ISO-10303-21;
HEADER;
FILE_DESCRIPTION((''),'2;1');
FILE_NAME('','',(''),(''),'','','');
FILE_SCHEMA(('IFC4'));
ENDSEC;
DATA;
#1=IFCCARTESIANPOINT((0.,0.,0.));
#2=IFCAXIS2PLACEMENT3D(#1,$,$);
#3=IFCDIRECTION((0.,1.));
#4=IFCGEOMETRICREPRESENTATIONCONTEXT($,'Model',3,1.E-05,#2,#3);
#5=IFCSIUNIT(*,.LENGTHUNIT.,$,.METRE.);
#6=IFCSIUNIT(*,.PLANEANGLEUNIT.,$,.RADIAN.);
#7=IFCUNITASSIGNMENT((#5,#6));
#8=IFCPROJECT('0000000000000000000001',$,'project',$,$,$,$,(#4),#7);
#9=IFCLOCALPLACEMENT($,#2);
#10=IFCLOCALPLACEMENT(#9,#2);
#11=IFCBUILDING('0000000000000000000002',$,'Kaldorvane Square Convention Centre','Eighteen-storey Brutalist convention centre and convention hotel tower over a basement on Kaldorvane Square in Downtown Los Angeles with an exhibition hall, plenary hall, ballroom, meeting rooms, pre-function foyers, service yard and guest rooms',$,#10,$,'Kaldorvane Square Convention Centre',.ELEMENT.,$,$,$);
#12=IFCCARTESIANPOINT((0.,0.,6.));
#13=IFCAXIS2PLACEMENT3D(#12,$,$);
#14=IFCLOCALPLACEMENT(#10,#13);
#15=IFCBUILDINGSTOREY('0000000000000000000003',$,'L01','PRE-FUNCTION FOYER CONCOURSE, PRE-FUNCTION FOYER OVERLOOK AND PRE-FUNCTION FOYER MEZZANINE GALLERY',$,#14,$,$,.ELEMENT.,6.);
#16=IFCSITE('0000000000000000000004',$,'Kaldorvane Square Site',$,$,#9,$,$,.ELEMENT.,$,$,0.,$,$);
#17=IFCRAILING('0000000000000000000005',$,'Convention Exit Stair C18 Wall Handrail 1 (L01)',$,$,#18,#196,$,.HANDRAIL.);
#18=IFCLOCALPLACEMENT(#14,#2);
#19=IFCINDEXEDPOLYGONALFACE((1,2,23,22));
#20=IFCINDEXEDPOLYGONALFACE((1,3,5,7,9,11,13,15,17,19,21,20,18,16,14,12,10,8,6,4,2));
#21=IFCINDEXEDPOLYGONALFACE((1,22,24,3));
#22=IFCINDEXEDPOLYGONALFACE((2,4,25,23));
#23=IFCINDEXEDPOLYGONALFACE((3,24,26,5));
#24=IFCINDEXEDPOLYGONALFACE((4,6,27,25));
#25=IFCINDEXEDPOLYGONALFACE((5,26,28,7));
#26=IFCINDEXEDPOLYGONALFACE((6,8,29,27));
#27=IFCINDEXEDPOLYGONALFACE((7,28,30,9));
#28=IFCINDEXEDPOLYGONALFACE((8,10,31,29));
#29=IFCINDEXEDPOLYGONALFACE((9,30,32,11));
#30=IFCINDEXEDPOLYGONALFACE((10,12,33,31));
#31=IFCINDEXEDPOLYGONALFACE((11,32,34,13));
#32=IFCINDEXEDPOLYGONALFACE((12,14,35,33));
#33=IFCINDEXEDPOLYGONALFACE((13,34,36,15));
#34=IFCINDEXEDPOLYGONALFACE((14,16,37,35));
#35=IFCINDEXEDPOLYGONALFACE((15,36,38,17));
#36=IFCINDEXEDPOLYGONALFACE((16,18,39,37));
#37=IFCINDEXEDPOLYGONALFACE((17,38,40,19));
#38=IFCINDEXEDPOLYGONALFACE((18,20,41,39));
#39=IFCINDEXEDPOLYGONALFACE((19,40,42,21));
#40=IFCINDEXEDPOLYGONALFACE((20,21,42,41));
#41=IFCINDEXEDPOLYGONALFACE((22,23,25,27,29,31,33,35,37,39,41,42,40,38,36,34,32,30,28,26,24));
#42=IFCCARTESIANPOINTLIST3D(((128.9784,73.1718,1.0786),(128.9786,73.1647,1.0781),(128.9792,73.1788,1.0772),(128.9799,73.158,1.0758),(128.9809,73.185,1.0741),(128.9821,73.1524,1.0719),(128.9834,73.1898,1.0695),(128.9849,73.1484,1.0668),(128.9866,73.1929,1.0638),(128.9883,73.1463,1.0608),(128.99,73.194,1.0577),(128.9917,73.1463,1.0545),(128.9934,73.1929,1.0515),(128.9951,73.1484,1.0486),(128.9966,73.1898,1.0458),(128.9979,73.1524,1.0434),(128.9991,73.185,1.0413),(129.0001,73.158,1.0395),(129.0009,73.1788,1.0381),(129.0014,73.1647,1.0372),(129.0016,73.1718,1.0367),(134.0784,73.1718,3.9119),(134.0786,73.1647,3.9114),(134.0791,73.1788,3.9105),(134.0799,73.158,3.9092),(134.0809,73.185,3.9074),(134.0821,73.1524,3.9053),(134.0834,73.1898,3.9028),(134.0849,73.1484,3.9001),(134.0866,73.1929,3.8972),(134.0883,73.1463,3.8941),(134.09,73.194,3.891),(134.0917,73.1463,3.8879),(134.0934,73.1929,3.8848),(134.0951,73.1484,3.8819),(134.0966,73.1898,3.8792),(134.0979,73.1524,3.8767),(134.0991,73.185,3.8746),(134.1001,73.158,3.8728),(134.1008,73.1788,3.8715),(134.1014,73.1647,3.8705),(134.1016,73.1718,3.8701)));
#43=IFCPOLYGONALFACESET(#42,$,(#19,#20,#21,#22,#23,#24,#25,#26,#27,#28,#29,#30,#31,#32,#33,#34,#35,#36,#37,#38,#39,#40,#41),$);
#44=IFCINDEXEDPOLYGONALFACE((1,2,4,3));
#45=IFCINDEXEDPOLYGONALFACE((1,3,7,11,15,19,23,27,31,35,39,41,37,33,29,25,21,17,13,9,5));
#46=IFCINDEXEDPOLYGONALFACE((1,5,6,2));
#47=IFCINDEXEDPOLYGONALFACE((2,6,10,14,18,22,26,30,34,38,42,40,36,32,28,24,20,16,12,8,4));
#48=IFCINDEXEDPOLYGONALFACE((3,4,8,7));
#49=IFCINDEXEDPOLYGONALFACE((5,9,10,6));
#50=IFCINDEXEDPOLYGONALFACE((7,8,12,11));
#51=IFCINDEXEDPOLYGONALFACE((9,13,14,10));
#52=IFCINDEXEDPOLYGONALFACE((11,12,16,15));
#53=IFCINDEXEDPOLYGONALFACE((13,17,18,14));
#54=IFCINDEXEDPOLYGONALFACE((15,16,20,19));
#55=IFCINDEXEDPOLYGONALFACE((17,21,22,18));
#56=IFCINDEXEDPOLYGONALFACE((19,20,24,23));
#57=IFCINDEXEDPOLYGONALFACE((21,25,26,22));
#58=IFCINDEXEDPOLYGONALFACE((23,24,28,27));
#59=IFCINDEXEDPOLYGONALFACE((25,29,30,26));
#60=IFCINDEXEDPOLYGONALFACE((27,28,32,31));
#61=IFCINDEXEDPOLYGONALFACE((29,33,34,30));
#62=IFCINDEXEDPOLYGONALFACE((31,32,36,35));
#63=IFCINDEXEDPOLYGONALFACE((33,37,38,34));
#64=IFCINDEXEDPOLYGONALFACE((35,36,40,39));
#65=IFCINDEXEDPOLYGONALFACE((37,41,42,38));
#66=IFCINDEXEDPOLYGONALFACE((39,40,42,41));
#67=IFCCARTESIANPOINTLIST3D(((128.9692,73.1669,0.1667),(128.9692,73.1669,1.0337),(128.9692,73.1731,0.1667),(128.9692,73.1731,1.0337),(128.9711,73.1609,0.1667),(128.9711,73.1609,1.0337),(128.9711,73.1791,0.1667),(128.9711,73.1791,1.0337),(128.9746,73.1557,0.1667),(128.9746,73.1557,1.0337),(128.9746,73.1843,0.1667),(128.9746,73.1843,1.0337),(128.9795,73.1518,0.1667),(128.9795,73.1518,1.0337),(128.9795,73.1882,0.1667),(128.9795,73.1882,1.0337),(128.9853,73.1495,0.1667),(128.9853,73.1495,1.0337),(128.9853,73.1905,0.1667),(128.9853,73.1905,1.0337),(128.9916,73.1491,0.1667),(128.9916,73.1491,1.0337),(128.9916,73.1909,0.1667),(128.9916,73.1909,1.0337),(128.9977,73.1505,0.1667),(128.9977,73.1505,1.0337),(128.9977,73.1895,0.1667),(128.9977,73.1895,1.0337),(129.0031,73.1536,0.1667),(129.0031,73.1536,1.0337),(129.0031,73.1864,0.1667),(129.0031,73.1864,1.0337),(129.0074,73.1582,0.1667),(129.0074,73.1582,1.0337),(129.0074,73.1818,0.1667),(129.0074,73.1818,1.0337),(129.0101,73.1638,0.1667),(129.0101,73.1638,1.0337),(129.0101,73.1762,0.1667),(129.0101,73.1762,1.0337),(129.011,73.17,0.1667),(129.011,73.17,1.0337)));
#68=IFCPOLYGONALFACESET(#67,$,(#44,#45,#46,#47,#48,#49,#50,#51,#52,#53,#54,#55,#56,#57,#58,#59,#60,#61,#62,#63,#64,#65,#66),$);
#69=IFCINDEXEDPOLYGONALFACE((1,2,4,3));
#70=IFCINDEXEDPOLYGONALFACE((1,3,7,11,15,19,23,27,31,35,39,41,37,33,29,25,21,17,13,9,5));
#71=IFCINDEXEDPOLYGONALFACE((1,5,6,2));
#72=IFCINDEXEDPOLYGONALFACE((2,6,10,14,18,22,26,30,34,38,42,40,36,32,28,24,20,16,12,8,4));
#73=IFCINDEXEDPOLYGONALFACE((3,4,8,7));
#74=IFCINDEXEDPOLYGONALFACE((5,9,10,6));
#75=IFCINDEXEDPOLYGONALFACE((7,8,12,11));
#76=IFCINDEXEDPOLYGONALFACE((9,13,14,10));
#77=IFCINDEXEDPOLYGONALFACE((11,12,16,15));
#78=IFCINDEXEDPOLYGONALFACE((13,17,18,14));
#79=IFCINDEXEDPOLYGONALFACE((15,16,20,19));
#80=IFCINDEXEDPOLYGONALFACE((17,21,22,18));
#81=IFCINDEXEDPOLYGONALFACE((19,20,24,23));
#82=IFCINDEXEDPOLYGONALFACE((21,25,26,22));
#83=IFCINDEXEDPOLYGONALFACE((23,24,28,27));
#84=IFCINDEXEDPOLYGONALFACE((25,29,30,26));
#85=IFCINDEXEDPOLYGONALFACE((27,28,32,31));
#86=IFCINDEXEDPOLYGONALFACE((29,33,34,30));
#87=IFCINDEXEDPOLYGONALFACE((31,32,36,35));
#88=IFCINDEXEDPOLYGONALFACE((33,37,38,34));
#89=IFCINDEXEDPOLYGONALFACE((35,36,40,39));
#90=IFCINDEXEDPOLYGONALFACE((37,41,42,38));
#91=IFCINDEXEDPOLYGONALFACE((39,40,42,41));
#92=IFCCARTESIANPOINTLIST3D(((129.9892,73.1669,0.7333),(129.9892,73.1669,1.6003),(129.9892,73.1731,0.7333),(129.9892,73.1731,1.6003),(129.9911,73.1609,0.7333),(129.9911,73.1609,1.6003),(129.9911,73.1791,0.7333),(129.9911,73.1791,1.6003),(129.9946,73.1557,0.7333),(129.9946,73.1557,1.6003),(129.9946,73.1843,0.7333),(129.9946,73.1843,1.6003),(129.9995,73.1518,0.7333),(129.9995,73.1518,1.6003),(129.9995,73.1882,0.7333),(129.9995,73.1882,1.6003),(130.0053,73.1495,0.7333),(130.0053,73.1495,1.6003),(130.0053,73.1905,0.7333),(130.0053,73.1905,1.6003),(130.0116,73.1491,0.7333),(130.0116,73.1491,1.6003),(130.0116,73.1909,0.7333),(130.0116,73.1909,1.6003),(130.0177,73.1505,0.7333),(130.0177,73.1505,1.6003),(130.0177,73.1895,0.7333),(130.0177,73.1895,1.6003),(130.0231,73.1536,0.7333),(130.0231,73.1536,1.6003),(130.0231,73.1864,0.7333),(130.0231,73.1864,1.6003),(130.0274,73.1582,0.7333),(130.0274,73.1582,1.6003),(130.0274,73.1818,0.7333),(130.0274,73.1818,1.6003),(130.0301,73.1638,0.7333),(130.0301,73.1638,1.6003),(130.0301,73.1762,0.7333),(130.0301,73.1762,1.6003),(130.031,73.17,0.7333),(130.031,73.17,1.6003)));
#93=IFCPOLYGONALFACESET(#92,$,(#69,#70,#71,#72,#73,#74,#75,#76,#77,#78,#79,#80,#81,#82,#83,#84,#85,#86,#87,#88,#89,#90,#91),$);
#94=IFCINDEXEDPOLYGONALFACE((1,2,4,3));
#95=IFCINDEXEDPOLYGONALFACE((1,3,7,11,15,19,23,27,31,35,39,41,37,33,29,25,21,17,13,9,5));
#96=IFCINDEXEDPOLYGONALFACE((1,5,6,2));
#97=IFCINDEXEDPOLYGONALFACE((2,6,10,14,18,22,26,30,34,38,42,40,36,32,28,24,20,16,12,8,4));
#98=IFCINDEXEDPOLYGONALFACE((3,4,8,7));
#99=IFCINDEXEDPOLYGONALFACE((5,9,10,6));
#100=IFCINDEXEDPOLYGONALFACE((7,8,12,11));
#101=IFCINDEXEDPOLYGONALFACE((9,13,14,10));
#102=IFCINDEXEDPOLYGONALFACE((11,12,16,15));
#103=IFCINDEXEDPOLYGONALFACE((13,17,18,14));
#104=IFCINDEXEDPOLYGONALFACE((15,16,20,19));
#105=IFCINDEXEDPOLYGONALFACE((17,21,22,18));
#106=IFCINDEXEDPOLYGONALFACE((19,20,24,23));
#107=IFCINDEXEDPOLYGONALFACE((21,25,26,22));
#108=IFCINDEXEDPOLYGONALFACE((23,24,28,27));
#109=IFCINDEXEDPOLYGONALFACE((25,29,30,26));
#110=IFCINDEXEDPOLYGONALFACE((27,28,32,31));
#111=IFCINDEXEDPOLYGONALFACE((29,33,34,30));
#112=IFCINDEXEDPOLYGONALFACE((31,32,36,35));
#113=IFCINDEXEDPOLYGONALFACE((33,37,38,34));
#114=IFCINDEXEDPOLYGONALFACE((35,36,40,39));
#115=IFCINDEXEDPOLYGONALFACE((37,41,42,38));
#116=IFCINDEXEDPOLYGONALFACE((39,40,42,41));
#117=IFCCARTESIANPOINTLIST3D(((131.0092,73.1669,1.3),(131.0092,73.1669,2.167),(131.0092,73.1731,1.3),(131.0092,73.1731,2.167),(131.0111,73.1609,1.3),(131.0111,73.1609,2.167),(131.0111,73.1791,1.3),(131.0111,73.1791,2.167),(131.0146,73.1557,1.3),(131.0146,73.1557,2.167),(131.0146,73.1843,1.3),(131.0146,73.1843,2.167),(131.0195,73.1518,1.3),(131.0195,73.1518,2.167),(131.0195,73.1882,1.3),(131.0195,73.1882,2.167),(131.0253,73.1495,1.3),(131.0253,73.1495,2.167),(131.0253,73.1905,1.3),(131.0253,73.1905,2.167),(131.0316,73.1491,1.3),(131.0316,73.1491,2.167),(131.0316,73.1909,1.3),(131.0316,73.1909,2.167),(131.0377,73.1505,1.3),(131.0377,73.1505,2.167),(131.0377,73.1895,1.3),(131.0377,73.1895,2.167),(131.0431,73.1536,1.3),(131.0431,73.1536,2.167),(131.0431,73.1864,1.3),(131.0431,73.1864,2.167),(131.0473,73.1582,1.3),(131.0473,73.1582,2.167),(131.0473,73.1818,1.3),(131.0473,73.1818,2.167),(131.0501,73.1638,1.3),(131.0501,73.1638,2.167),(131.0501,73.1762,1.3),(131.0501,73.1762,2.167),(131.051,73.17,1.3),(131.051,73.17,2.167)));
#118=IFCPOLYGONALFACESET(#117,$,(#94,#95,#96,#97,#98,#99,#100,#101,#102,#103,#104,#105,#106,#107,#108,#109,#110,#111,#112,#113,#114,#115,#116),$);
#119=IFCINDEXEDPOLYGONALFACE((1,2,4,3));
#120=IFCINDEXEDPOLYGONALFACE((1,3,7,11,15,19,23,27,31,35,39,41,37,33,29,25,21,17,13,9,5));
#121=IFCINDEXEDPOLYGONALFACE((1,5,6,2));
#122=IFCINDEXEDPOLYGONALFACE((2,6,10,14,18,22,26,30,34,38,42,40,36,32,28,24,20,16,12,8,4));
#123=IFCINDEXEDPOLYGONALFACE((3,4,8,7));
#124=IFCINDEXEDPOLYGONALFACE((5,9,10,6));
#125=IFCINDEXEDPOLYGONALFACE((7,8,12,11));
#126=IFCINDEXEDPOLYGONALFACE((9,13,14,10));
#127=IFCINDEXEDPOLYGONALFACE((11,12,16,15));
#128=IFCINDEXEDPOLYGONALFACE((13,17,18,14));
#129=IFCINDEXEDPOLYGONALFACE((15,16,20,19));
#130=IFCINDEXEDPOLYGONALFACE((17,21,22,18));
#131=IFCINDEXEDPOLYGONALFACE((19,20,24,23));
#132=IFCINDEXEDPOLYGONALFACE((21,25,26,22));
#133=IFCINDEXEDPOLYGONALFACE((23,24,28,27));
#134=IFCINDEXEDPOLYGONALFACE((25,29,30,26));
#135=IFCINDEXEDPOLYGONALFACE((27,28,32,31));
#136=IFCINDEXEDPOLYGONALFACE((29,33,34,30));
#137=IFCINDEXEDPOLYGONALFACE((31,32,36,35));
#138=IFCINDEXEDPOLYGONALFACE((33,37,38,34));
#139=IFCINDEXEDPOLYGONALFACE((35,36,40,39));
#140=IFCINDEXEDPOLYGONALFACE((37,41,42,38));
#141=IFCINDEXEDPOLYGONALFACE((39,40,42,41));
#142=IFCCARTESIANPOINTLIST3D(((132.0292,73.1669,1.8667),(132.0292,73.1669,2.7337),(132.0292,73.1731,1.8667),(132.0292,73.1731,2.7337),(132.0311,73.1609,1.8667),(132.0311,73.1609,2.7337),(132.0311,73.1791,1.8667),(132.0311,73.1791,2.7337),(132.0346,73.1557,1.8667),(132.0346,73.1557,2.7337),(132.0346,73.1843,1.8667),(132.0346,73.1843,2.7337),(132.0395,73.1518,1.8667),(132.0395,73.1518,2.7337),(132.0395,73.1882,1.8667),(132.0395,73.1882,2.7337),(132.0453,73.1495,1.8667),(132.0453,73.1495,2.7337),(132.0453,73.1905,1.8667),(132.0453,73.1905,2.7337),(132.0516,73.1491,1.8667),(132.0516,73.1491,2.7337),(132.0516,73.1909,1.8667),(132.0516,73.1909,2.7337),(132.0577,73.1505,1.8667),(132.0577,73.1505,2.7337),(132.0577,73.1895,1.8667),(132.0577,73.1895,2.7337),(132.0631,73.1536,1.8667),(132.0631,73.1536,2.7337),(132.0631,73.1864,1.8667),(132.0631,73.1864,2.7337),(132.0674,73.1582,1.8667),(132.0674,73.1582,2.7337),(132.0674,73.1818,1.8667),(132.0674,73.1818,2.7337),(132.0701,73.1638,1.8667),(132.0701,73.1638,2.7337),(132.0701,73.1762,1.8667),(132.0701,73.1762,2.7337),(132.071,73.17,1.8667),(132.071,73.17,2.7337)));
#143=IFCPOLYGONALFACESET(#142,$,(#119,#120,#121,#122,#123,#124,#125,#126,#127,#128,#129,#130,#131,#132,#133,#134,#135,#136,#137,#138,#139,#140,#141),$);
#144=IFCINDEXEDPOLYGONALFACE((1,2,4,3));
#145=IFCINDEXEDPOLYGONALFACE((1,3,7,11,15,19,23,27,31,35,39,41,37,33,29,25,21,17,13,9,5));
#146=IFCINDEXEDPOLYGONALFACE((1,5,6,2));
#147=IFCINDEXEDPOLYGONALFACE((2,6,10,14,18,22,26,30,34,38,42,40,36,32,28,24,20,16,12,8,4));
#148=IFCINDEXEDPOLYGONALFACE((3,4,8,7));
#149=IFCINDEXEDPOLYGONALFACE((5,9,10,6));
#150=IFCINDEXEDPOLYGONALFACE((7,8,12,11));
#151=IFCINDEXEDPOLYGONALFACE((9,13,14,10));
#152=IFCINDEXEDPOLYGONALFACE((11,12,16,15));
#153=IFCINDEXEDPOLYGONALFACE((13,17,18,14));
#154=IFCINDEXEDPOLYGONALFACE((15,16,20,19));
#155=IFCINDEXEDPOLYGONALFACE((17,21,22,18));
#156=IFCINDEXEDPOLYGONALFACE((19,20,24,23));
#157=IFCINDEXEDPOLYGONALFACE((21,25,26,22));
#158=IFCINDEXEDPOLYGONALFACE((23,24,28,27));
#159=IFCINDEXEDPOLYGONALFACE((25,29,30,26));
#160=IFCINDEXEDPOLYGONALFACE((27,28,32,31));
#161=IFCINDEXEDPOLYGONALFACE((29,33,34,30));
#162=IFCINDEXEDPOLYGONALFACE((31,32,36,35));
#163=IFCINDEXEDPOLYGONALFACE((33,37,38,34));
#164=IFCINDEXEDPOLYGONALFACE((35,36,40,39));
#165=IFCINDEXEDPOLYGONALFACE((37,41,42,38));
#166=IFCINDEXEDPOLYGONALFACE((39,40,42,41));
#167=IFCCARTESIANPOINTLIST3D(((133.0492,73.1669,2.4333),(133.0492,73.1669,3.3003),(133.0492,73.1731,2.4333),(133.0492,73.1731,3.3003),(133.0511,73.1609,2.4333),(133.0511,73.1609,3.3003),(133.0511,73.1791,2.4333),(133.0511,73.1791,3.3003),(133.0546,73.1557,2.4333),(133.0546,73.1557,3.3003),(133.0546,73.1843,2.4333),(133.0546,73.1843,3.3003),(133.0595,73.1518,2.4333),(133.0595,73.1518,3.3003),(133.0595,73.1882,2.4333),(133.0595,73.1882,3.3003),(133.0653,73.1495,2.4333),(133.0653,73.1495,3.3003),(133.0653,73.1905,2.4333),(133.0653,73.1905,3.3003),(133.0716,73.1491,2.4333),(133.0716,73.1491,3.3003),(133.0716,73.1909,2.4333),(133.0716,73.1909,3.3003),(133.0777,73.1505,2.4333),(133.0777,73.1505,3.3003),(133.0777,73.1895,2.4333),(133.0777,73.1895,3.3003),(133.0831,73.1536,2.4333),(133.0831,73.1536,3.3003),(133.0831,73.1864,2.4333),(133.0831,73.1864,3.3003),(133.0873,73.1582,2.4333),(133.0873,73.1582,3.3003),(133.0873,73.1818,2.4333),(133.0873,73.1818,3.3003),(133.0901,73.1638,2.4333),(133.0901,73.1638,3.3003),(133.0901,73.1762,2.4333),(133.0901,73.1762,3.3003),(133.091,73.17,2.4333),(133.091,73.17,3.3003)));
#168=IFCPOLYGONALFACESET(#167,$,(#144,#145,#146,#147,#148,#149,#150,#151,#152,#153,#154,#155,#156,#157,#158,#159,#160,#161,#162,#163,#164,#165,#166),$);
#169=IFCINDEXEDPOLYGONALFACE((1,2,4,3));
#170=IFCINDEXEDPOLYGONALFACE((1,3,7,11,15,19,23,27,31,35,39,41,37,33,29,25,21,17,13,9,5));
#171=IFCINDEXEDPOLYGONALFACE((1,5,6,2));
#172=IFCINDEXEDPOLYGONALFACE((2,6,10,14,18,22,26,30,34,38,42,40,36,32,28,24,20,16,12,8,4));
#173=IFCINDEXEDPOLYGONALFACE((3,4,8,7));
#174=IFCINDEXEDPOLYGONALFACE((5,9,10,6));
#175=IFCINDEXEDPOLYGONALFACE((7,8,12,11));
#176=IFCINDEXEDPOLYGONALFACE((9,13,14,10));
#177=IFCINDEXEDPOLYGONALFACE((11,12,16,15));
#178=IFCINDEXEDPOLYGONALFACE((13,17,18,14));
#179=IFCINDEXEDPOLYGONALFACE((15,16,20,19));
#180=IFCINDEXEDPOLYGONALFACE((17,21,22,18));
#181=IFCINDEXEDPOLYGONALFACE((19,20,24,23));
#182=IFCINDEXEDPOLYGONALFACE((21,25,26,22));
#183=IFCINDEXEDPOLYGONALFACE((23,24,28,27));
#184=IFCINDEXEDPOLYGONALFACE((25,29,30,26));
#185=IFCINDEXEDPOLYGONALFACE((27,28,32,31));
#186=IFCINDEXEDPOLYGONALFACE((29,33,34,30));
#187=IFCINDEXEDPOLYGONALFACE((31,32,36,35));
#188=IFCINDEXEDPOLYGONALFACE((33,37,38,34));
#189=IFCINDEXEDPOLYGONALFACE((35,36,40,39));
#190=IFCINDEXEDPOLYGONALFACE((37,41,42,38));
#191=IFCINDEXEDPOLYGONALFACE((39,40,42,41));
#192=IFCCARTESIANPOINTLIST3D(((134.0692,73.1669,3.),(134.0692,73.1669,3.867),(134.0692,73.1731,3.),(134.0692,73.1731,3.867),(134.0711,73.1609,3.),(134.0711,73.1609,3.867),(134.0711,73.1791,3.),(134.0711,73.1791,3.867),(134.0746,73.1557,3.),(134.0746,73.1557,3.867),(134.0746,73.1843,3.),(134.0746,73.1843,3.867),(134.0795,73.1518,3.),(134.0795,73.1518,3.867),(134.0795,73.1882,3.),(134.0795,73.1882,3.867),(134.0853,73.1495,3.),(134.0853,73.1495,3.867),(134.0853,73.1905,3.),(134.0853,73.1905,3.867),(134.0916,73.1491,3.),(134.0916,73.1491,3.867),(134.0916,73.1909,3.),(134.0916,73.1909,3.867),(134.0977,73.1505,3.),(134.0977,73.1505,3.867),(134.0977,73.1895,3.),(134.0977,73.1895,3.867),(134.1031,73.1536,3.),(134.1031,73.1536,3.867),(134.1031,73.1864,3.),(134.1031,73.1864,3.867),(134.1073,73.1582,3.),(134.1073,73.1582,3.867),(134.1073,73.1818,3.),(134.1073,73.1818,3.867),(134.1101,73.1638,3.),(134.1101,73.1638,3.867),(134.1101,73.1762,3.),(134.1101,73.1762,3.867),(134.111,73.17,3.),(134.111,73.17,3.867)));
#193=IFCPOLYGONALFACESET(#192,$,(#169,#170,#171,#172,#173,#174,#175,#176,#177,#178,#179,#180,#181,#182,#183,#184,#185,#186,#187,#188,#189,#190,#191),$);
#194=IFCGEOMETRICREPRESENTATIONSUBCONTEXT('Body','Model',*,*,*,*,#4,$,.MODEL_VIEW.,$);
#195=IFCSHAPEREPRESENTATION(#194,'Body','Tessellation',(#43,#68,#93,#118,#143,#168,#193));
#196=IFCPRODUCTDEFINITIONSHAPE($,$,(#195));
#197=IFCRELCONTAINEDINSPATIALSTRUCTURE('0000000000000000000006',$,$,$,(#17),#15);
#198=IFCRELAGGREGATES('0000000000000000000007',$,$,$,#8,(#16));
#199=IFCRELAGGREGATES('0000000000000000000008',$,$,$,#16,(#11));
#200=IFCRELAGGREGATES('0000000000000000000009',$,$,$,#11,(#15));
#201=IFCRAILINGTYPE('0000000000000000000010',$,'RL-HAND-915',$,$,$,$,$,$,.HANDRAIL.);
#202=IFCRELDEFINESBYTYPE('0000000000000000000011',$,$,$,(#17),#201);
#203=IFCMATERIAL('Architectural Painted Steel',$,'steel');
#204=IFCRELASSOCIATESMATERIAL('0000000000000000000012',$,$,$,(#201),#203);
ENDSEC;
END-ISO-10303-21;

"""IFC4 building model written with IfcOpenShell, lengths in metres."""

from ifc_helpers import new_model, si_unit, direction, frame, origin, origin_2d, place, context, subcontext, project, spatial, circle, extrude, material, type_object, element, save


model = new_model("IFC4")

# Units and contexts
model_context = context("Model", 3, precision=1e-05, world=origin(), true_north=direction((0.0, 1.0)))
body_context = subcontext(model_context, "Body", "Model", "MODEL_VIEW")
ifc_project = project(units=[si_unit("LENGTHUNIT", "METRE"), si_unit("PLANEANGLEUNIT", "RADIAN")], contexts=[model_context])

# Site, building, storey
site_placement = place(None, origin())
site = spatial("IfcSite", under=ifc_project, at=site_placement, Name="Kaldorvane Square Site", CompositionType="ELEMENT", RefElevation=0.0)
building_placement = place(site_placement, origin())
building = spatial("IfcBuilding", under=site, at=building_placement, Name="Kaldorvane Square Convention Centre", Description="Eighteen-storey Brutalist convention centre and convention hotel tower over a basement on Kaldorvane Square in Downtown Los Angeles with an exhibition hall, plenary hall, ballroom, meeting rooms, pre-function foyers, service yard and guest rooms", LongName="Kaldorvane Square Convention Centre", CompositionType="ELEMENT")
storey_placement = place(building_placement, frame((0.0, 0.0, 6.0)))
storey = spatial("IfcBuildingStorey", under=building, at=storey_placement, Name="L01", Description="PRE-FUNCTION FOYER CONCOURSE, PRE-FUNCTION FOYER OVERLOOK AND PRE-FUNCTION FOYER MEZZANINE GALLERY", CompositionType="ELEMENT", Elevation=6.0)

# Railing
ifc_material_1 = material(Name="Architectural Painted Steel", Category="steel")
railing_type_1 = type_object("IfcRailingType", Name="RL-HAND-915", PredefinedType="HANDRAIL", material=ifc_material_1)
railing_1_placement = place(storey_placement, frame((128.99, 73.17, 0.1667)))
element("IfcRailing", 1, at=railing_1_placement, inside=storey, type_object=railing_type_1, Name="Convention Exit Stair C18 Wall Handrail 1 (L01)", PredefinedType="HANDRAIL", context=body_context, shape_type="SweptSolid", body=[
    extrude(circle(Radius=0.024, at=origin_2d()), frame((0.0, 0.0, 0.891), z_axis=(0.874157, 0.0, 0.485643), x_axis=(0.0, 1.0, 0.0)), (0.0, 0.0, 1.0), 5.8342),
    extrude(circle(Radius=0.021, at=origin_2d()), origin(), (0.0, 0.0, 1.0), 0.867),
    extrude(circle(Radius=0.021, at=origin_2d()), frame((1.02, 0.0, 0.5667)), (0.0, 0.0, 1.0), 0.867),
    extrude(circle(Radius=0.021, at=origin_2d()), frame((2.04, 0.0, 1.1333)), (0.0, 0.0, 1.0), 0.867),
    extrude(circle(Radius=0.021, at=origin_2d()), frame((3.06, 0.0, 1.7)), (0.0, 0.0, 1.0), 0.867),
    extrude(circle(Radius=0.021, at=origin_2d()), frame((4.08, 0.0, 2.2667)), (0.0, 0.0, 1.0), 0.867),
    extrude(circle(Radius=0.021, at=origin_2d()), frame((5.1, 0.0, 2.8333)), (0.0, 0.0, 1.0), 0.867),
])

save(model, "model.ifc")
